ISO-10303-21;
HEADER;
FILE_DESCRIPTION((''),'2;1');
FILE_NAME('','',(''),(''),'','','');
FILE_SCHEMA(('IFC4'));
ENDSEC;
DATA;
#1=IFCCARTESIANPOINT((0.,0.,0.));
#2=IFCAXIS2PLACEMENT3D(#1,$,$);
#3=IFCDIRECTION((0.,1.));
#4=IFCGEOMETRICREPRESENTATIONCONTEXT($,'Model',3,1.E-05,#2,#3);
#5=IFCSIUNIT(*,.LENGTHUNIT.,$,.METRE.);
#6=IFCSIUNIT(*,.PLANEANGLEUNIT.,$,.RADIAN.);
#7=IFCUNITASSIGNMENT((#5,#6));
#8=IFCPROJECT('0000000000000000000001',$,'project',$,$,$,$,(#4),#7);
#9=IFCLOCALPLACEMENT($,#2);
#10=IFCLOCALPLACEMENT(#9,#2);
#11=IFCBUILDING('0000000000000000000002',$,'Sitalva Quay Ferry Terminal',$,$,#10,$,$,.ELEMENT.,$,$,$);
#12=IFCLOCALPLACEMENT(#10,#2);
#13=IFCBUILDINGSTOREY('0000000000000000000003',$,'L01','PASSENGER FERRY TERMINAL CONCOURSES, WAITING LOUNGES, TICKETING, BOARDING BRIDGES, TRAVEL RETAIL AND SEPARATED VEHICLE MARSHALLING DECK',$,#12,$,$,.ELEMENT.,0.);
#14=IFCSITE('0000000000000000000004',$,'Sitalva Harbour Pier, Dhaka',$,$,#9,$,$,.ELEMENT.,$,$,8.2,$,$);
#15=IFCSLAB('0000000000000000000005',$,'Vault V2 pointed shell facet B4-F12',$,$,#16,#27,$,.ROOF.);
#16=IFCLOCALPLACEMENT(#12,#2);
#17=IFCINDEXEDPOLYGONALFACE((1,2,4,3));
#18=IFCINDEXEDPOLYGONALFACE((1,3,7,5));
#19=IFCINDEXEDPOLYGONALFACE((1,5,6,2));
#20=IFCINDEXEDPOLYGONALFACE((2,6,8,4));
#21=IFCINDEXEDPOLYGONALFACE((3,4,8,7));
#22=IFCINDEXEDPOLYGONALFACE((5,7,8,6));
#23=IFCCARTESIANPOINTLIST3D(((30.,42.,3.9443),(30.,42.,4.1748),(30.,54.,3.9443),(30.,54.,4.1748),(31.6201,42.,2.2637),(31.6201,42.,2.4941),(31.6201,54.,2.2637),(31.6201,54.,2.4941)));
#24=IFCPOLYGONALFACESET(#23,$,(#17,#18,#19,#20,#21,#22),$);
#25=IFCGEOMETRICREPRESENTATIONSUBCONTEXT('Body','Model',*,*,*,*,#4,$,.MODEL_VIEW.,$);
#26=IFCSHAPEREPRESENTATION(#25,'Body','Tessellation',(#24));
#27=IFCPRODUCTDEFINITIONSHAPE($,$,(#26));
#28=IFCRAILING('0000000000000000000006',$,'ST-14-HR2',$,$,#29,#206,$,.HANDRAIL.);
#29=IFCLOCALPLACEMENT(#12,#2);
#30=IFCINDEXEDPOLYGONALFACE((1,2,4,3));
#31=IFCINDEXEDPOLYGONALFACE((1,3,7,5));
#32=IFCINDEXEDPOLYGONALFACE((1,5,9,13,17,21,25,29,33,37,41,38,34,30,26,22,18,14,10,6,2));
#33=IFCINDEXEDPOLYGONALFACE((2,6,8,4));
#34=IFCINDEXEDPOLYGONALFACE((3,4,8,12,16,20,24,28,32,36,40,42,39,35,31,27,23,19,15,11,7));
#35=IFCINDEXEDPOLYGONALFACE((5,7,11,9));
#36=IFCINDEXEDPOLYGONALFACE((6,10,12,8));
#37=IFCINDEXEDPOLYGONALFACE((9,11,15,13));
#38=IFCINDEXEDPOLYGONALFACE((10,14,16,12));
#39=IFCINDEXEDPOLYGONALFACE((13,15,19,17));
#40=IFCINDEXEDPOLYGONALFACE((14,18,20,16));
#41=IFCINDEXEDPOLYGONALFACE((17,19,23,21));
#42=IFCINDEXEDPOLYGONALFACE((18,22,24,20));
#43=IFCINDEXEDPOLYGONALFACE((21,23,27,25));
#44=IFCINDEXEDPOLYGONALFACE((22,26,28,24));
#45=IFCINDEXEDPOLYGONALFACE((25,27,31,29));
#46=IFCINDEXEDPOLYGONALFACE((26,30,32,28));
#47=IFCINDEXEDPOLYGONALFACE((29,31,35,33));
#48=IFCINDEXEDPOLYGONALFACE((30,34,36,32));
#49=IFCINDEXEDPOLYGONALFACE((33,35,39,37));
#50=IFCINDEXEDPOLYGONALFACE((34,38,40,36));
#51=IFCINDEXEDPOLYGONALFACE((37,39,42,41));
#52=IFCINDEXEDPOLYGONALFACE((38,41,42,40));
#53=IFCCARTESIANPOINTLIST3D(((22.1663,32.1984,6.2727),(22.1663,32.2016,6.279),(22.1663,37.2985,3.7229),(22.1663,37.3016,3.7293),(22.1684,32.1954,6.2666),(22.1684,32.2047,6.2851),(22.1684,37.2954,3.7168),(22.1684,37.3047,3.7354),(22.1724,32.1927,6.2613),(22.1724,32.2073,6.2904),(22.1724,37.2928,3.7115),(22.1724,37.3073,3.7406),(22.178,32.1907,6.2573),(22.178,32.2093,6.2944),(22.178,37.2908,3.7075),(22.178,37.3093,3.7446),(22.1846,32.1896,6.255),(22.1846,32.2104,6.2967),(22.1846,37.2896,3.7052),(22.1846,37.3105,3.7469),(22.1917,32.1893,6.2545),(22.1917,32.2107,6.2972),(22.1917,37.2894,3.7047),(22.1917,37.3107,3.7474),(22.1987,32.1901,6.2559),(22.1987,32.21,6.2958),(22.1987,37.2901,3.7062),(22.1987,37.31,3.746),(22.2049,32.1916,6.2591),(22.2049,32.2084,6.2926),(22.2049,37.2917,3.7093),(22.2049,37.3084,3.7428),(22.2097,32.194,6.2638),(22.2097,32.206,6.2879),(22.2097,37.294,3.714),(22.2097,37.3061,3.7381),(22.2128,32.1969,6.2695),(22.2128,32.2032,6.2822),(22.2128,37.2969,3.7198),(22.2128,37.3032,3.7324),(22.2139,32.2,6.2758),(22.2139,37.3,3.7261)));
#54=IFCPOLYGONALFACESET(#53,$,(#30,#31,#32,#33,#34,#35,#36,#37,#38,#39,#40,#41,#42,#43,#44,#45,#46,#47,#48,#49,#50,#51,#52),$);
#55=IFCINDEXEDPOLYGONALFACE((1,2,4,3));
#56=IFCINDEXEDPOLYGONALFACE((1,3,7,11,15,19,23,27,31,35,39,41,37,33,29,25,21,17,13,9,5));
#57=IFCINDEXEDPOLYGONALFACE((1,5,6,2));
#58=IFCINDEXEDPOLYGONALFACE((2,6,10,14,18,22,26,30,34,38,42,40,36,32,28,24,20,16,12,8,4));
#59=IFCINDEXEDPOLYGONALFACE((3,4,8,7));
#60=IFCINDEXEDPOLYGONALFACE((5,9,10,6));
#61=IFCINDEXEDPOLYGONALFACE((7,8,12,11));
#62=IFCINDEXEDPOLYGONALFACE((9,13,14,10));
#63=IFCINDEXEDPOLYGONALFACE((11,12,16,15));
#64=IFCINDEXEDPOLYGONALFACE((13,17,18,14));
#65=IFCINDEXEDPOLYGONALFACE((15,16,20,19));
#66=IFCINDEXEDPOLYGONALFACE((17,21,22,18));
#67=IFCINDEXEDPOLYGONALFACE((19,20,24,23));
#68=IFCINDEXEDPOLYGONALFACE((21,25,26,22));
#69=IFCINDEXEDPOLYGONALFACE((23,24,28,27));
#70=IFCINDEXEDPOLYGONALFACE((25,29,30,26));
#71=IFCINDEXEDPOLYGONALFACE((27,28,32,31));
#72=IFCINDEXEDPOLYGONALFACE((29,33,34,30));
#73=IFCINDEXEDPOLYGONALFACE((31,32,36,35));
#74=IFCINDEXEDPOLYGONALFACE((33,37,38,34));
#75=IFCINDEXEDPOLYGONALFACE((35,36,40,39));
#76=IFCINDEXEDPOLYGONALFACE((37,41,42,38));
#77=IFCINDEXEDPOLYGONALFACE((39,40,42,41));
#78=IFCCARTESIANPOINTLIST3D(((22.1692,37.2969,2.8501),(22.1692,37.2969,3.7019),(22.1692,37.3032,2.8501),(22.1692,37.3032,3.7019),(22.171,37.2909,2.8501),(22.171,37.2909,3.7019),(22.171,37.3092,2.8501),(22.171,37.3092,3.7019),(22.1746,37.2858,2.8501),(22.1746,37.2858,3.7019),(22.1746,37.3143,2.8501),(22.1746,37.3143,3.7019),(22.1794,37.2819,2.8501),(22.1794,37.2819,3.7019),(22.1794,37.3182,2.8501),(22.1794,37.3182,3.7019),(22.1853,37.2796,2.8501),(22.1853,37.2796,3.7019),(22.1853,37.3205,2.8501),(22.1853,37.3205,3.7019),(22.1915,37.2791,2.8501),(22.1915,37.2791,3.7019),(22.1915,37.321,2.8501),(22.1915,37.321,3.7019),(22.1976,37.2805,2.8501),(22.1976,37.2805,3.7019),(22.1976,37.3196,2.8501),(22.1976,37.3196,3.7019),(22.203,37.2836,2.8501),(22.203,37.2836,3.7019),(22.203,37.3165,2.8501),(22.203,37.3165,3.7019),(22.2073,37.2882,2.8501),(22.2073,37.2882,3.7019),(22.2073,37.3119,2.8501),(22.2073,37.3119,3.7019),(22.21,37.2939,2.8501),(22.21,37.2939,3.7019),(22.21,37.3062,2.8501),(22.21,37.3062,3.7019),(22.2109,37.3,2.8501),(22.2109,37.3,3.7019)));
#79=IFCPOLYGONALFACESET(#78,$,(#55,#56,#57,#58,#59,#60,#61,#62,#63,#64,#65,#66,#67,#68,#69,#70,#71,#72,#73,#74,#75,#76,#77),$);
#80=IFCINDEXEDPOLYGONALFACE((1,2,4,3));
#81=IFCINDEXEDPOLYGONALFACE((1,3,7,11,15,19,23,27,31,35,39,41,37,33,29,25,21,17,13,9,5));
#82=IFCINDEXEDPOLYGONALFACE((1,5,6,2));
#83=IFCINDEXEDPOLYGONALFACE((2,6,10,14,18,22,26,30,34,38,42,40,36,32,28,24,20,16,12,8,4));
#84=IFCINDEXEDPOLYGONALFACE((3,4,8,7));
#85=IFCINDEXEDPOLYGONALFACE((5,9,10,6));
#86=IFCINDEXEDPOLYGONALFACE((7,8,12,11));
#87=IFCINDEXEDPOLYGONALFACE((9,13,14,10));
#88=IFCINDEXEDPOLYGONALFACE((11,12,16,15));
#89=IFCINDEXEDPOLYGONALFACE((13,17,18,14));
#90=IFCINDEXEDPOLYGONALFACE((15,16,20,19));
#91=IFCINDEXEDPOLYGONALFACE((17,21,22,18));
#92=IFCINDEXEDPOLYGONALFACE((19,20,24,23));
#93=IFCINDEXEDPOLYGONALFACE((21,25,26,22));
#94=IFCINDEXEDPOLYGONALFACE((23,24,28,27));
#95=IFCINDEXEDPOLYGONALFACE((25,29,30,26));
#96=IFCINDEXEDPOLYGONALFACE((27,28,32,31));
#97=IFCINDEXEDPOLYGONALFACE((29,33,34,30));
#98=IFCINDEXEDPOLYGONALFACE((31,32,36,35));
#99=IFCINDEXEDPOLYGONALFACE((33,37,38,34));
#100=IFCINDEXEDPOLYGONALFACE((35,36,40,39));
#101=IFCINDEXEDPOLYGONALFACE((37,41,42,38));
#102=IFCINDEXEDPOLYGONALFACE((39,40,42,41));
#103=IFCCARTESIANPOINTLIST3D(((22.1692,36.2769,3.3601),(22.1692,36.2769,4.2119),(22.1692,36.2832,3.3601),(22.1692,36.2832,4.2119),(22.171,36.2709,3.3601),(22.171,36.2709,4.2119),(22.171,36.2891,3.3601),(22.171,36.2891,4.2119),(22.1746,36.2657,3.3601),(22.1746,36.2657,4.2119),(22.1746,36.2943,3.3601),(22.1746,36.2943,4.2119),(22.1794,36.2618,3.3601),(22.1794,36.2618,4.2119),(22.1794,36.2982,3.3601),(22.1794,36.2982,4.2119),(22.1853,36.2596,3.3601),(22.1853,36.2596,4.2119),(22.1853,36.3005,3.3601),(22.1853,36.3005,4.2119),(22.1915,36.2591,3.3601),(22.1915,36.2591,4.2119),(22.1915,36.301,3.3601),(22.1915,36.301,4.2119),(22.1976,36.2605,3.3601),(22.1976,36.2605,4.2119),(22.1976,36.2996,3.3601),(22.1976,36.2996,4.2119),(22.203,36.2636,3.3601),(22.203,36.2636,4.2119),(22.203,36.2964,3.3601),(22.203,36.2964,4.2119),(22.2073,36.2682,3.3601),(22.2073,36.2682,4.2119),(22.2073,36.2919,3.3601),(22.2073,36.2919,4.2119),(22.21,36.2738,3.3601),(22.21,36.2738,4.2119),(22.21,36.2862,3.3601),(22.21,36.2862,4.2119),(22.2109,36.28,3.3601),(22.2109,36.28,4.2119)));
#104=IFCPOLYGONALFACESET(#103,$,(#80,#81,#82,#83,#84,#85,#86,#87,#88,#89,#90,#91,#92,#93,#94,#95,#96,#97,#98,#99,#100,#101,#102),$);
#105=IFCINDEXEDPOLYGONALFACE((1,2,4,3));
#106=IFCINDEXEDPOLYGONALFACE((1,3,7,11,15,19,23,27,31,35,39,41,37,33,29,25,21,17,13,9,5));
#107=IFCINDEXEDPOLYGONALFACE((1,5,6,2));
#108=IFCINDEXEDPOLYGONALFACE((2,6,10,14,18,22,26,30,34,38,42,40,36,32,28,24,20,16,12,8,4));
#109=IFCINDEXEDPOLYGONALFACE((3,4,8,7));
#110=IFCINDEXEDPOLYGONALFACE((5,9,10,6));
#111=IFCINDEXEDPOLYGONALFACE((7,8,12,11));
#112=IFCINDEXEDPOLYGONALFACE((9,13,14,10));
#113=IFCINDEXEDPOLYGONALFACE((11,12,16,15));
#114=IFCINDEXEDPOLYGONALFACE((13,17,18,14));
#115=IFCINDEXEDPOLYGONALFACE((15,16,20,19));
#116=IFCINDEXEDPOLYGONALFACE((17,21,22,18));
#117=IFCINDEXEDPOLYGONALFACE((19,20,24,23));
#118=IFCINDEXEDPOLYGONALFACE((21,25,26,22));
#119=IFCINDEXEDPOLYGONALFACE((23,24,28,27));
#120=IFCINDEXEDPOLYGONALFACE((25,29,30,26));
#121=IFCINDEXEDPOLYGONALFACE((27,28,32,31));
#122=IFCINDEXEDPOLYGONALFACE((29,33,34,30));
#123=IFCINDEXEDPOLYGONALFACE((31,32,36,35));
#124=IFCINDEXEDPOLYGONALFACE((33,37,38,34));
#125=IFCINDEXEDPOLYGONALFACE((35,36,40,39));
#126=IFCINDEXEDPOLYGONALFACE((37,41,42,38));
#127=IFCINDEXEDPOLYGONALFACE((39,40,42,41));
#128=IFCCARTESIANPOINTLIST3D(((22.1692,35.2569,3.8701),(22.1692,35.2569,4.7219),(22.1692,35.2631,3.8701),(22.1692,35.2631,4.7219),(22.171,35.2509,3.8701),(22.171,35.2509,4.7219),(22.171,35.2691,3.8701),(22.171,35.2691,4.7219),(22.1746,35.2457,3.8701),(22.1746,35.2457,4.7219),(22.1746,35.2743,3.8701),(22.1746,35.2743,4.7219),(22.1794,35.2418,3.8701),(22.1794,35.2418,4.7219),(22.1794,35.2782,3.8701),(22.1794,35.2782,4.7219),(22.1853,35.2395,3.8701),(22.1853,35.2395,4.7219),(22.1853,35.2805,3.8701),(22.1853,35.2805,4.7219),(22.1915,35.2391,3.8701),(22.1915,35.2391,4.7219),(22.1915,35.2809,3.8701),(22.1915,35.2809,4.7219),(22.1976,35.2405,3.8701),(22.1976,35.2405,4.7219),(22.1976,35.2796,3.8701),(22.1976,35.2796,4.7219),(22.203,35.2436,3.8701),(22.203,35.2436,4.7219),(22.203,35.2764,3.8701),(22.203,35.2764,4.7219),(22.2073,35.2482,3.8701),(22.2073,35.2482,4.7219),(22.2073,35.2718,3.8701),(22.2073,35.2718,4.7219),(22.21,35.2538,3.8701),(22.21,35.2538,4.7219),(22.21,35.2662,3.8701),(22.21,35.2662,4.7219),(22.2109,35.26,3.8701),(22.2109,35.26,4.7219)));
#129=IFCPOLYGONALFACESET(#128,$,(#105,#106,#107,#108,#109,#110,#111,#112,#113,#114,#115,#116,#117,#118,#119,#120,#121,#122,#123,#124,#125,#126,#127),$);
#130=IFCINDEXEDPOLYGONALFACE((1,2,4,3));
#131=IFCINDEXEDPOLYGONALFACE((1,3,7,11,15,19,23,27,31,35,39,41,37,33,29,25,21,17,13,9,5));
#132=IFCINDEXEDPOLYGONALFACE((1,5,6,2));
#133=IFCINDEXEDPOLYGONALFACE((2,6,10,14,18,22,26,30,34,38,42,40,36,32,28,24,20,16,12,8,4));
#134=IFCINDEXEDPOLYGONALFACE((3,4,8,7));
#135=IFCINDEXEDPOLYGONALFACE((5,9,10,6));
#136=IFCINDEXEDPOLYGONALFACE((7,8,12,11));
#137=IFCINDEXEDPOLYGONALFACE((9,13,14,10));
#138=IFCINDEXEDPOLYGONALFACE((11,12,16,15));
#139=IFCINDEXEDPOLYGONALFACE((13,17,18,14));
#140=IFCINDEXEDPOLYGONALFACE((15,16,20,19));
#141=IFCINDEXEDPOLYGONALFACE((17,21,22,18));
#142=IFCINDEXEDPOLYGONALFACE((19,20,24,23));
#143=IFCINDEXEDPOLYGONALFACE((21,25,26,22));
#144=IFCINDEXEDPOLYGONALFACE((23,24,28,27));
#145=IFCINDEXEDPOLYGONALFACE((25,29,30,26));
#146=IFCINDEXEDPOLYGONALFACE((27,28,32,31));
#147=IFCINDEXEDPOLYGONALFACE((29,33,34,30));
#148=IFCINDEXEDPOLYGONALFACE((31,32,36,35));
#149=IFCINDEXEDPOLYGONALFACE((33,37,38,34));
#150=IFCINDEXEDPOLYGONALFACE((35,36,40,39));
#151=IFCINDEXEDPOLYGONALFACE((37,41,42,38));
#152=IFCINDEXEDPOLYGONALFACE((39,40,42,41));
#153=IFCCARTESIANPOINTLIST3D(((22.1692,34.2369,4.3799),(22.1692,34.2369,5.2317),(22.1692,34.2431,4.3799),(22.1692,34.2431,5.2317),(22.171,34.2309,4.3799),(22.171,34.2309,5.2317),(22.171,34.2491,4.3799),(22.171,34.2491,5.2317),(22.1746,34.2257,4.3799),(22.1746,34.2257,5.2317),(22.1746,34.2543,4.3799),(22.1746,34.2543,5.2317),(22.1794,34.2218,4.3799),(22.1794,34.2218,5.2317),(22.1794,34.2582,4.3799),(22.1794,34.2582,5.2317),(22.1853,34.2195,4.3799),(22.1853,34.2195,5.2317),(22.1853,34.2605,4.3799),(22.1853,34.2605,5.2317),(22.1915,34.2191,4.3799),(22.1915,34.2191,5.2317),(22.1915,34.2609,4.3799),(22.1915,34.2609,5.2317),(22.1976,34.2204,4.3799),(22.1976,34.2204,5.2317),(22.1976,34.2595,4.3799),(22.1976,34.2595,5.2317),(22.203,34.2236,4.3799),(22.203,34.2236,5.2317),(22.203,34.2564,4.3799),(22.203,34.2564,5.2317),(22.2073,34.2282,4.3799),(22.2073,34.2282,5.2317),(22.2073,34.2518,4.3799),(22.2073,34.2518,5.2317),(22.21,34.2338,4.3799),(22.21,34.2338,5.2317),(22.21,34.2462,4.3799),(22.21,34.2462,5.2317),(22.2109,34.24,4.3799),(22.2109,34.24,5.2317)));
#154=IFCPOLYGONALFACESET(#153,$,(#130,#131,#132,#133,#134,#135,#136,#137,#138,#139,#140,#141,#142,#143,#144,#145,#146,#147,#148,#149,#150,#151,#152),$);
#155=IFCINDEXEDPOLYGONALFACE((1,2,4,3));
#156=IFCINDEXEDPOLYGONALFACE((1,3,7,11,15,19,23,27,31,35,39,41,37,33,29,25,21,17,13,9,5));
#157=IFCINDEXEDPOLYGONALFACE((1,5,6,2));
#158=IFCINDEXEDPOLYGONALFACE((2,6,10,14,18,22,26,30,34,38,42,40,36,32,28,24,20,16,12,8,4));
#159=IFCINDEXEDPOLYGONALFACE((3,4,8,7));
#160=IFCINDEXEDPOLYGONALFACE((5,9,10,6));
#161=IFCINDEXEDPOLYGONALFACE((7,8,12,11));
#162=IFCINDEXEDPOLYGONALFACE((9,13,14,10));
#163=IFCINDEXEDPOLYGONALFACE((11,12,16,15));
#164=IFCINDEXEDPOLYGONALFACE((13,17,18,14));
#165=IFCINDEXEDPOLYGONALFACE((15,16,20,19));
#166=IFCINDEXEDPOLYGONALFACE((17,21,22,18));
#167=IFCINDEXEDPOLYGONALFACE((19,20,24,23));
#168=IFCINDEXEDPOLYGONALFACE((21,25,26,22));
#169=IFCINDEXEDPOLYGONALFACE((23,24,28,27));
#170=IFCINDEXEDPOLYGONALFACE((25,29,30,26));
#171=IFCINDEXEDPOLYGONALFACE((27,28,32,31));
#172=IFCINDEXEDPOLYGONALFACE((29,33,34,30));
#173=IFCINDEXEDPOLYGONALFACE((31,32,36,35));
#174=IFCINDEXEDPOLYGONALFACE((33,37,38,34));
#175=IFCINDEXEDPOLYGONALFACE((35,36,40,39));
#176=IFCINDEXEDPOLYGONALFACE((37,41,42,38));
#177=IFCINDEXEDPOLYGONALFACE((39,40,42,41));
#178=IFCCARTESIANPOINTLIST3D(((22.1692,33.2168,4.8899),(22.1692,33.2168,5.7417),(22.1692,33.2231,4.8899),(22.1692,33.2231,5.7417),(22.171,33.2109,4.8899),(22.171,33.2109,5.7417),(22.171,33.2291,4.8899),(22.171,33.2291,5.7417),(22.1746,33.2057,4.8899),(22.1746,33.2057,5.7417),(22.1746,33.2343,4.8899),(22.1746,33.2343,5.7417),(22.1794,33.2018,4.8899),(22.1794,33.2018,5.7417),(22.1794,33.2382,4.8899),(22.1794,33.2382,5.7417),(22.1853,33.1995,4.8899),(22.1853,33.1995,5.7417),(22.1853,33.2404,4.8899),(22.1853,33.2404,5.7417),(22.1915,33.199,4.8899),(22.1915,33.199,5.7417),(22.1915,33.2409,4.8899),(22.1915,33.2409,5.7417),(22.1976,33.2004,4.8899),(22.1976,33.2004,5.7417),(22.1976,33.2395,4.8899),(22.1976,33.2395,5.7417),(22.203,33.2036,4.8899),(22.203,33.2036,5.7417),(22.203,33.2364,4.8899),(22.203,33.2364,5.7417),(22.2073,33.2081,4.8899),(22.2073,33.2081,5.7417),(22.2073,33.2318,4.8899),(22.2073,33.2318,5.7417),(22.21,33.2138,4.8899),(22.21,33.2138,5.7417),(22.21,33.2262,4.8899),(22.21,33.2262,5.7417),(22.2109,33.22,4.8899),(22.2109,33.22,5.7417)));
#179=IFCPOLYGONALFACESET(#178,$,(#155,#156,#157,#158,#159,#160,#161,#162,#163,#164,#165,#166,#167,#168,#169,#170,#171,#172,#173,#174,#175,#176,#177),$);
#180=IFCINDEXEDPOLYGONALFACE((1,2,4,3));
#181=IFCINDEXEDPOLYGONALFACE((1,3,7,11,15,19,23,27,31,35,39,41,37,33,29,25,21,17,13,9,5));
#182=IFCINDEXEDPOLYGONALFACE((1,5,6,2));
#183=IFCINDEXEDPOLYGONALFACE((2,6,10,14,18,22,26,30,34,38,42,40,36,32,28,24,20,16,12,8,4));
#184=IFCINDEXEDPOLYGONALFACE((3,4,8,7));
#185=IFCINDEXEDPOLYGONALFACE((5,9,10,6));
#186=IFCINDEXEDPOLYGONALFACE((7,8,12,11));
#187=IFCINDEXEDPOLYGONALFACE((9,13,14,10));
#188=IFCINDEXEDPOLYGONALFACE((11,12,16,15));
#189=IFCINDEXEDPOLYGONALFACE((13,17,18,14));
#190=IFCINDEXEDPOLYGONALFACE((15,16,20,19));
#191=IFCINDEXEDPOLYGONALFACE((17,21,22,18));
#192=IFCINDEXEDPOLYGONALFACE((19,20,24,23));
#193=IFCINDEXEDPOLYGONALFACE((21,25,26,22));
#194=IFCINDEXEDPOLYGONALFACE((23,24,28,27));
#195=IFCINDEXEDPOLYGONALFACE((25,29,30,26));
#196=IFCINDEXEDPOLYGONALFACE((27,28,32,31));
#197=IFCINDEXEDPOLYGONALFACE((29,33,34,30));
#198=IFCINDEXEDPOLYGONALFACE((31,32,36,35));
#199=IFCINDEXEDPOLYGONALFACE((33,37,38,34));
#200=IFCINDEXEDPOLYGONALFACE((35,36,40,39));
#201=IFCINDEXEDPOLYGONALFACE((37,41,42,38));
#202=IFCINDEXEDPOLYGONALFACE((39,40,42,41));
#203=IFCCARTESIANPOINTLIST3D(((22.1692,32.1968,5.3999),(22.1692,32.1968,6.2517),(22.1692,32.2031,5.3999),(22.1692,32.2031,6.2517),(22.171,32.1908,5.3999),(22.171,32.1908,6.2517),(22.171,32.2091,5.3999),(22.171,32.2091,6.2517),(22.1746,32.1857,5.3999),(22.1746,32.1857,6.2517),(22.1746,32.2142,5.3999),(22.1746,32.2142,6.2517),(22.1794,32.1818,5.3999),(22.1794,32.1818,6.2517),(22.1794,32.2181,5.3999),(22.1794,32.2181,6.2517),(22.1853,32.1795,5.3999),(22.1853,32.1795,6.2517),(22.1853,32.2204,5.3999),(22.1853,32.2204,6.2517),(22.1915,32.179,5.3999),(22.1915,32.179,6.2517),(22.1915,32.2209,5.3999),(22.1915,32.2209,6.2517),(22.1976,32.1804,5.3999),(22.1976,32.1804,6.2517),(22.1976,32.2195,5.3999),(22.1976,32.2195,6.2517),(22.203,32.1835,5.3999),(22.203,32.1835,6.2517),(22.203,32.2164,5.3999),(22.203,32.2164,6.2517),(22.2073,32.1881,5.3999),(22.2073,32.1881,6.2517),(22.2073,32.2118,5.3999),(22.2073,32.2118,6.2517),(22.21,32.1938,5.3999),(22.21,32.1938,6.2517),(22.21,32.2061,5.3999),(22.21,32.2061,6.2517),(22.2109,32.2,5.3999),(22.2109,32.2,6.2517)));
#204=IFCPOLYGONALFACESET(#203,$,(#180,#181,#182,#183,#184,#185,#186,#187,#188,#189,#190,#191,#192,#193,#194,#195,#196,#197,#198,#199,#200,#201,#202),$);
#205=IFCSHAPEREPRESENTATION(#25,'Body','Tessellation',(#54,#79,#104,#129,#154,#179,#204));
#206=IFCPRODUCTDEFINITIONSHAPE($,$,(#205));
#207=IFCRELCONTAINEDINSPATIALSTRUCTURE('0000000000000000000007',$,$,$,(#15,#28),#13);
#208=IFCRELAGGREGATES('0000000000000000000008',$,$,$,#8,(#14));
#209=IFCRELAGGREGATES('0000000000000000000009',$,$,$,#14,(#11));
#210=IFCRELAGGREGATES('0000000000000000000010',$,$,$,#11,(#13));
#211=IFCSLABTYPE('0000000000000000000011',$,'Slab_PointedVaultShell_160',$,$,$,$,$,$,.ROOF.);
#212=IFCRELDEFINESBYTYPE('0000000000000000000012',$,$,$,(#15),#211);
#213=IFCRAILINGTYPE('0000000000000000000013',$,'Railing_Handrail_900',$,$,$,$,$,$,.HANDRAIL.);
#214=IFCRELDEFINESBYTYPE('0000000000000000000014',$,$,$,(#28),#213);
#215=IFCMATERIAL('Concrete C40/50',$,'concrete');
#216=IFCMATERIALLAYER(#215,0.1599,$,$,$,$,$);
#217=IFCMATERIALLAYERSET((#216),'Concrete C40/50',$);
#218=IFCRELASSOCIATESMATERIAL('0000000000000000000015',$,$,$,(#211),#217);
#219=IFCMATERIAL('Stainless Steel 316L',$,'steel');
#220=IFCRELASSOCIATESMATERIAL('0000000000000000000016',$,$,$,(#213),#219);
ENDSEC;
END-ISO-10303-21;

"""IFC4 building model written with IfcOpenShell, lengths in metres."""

from ifc_helpers import new_model, si_unit, direction, frame, origin, origin_2d, place, context, subcontext, project, spatial, polyline, circle, outline, extrude, material, layer, layer_set, type_object, element, save


model = new_model("IFC4")

# Units and contexts
model_context = context("Model", 3, precision=1e-05, world=origin(), true_north=direction((0.0, 1.0)))
body_context = subcontext(model_context, "Body", "Model", "MODEL_VIEW")
ifc_project = project(units=[si_unit("LENGTHUNIT", "METRE"), si_unit("PLANEANGLEUNIT", "RADIAN")], contexts=[model_context])

# Site, building, storey
site_placement = place(None, origin())
site = spatial("IfcSite", under=ifc_project, at=site_placement, Name="Sitalva Harbour Pier, Dhaka", CompositionType="ELEMENT", RefElevation=8.2)
building_placement = place(site_placement, origin())
building = spatial("IfcBuilding", under=site, at=building_placement, Name="Sitalva Quay Ferry Terminal", CompositionType="ELEMENT")
storey_placement = place(building_placement, origin())
storey = spatial("IfcBuildingStorey", under=building, at=storey_placement, Name="L01", Description="PASSENGER FERRY TERMINAL CONCOURSES, WAITING LOUNGES, TICKETING, BOARDING BRIDGES, TRAVEL RETAIL AND SEPARATED VEHICLE MARSHALLING DECK", CompositionType="ELEMENT", Elevation=0.0)

# Slab
ifc_material_1 = material(Name="Concrete C40/50", Category="concrete")
ifc_layer_1 = layer(ifc_material_1, 0.1599)
ifc_layer_set_1 = layer_set([ifc_layer_1], Name="Concrete C40/50")
slab_type = type_object("IfcSlabType", Name="Slab_PointedVaultShell_160", PredefinedType="ROOF", material=ifc_layer_set_1)
slab_1_placement = place(storey_placement, frame((30.0, 42.0, 4.1748), z_axis=(0.719956, 0.0, 0.694019), x_axis=(0.694019, 0.0, -0.719956)))
element("IfcSlab", 1, at=slab_1_placement, inside=storey, type_object=slab_type, Name="Vault V2 pointed shell facet B4-F12", PredefinedType="ROOF", context=body_context, shape_type="SweptSolid", body=[
    extrude(outline(polyline([(0.0, 0.0), (2.3344, 0.0), (2.3344, 12.0), (0.0, 12.0), (0.0, 0.0)])), origin(), (0.719956, 0.0, -0.694019), 0.2305),
])

# Railing
ifc_material_2 = material(Name="Stainless Steel 316L", Category="steel")
railing_type = type_object("IfcRailingType", Name="Railing_Handrail_900", PredefinedType="HANDRAIL", material=ifc_material_2)
railing_placement = place(storey_placement, frame((22.1899, 37.3, 2.8501)))
element("IfcRailing", 2, at=railing_placement, inside=storey, type_object=railing_type, Name="ST-14-HR2", PredefinedType="HANDRAIL", context=body_context, shape_type="SweptSolid", body=[
    extrude(circle(Radius=0.0239, at=origin_2d()), frame((0.0, 0.0, 0.876), z_axis=(0.0, -0.894444, 0.447179), x_axis=(1.0, 0.0, 0.0)), (0.0, 0.0, 1.0), 5.7019),
    extrude(circle(Radius=0.021, at=origin_2d()), origin(), (0.0, 0.0, 1.0), 0.8518),
    extrude(circle(Radius=0.021, at=origin_2d()), frame((0.0, -1.02, 0.51)), (0.0, 0.0, 1.0), 0.8518),
    extrude(circle(Radius=0.021, at=origin_2d()), frame((0.0, -2.04, 1.02)), (0.0, 0.0, 1.0), 0.8518),
    extrude(circle(Radius=0.021, at=origin_2d()), frame((0.0, -3.0601, 1.5298)), (0.0, 0.0, 1.0), 0.8518),
    extrude(circle(Radius=0.021, at=origin_2d()), frame((0.0, -4.0801, 2.0398)), (0.0, 0.0, 1.0), 0.8518),
    extrude(circle(Radius=0.021, at=origin_2d()), frame((0.0, -5.1001, 2.5498)), (0.0, 0.0, 1.0), 0.8518),
])

save(model, "model.ifc")
